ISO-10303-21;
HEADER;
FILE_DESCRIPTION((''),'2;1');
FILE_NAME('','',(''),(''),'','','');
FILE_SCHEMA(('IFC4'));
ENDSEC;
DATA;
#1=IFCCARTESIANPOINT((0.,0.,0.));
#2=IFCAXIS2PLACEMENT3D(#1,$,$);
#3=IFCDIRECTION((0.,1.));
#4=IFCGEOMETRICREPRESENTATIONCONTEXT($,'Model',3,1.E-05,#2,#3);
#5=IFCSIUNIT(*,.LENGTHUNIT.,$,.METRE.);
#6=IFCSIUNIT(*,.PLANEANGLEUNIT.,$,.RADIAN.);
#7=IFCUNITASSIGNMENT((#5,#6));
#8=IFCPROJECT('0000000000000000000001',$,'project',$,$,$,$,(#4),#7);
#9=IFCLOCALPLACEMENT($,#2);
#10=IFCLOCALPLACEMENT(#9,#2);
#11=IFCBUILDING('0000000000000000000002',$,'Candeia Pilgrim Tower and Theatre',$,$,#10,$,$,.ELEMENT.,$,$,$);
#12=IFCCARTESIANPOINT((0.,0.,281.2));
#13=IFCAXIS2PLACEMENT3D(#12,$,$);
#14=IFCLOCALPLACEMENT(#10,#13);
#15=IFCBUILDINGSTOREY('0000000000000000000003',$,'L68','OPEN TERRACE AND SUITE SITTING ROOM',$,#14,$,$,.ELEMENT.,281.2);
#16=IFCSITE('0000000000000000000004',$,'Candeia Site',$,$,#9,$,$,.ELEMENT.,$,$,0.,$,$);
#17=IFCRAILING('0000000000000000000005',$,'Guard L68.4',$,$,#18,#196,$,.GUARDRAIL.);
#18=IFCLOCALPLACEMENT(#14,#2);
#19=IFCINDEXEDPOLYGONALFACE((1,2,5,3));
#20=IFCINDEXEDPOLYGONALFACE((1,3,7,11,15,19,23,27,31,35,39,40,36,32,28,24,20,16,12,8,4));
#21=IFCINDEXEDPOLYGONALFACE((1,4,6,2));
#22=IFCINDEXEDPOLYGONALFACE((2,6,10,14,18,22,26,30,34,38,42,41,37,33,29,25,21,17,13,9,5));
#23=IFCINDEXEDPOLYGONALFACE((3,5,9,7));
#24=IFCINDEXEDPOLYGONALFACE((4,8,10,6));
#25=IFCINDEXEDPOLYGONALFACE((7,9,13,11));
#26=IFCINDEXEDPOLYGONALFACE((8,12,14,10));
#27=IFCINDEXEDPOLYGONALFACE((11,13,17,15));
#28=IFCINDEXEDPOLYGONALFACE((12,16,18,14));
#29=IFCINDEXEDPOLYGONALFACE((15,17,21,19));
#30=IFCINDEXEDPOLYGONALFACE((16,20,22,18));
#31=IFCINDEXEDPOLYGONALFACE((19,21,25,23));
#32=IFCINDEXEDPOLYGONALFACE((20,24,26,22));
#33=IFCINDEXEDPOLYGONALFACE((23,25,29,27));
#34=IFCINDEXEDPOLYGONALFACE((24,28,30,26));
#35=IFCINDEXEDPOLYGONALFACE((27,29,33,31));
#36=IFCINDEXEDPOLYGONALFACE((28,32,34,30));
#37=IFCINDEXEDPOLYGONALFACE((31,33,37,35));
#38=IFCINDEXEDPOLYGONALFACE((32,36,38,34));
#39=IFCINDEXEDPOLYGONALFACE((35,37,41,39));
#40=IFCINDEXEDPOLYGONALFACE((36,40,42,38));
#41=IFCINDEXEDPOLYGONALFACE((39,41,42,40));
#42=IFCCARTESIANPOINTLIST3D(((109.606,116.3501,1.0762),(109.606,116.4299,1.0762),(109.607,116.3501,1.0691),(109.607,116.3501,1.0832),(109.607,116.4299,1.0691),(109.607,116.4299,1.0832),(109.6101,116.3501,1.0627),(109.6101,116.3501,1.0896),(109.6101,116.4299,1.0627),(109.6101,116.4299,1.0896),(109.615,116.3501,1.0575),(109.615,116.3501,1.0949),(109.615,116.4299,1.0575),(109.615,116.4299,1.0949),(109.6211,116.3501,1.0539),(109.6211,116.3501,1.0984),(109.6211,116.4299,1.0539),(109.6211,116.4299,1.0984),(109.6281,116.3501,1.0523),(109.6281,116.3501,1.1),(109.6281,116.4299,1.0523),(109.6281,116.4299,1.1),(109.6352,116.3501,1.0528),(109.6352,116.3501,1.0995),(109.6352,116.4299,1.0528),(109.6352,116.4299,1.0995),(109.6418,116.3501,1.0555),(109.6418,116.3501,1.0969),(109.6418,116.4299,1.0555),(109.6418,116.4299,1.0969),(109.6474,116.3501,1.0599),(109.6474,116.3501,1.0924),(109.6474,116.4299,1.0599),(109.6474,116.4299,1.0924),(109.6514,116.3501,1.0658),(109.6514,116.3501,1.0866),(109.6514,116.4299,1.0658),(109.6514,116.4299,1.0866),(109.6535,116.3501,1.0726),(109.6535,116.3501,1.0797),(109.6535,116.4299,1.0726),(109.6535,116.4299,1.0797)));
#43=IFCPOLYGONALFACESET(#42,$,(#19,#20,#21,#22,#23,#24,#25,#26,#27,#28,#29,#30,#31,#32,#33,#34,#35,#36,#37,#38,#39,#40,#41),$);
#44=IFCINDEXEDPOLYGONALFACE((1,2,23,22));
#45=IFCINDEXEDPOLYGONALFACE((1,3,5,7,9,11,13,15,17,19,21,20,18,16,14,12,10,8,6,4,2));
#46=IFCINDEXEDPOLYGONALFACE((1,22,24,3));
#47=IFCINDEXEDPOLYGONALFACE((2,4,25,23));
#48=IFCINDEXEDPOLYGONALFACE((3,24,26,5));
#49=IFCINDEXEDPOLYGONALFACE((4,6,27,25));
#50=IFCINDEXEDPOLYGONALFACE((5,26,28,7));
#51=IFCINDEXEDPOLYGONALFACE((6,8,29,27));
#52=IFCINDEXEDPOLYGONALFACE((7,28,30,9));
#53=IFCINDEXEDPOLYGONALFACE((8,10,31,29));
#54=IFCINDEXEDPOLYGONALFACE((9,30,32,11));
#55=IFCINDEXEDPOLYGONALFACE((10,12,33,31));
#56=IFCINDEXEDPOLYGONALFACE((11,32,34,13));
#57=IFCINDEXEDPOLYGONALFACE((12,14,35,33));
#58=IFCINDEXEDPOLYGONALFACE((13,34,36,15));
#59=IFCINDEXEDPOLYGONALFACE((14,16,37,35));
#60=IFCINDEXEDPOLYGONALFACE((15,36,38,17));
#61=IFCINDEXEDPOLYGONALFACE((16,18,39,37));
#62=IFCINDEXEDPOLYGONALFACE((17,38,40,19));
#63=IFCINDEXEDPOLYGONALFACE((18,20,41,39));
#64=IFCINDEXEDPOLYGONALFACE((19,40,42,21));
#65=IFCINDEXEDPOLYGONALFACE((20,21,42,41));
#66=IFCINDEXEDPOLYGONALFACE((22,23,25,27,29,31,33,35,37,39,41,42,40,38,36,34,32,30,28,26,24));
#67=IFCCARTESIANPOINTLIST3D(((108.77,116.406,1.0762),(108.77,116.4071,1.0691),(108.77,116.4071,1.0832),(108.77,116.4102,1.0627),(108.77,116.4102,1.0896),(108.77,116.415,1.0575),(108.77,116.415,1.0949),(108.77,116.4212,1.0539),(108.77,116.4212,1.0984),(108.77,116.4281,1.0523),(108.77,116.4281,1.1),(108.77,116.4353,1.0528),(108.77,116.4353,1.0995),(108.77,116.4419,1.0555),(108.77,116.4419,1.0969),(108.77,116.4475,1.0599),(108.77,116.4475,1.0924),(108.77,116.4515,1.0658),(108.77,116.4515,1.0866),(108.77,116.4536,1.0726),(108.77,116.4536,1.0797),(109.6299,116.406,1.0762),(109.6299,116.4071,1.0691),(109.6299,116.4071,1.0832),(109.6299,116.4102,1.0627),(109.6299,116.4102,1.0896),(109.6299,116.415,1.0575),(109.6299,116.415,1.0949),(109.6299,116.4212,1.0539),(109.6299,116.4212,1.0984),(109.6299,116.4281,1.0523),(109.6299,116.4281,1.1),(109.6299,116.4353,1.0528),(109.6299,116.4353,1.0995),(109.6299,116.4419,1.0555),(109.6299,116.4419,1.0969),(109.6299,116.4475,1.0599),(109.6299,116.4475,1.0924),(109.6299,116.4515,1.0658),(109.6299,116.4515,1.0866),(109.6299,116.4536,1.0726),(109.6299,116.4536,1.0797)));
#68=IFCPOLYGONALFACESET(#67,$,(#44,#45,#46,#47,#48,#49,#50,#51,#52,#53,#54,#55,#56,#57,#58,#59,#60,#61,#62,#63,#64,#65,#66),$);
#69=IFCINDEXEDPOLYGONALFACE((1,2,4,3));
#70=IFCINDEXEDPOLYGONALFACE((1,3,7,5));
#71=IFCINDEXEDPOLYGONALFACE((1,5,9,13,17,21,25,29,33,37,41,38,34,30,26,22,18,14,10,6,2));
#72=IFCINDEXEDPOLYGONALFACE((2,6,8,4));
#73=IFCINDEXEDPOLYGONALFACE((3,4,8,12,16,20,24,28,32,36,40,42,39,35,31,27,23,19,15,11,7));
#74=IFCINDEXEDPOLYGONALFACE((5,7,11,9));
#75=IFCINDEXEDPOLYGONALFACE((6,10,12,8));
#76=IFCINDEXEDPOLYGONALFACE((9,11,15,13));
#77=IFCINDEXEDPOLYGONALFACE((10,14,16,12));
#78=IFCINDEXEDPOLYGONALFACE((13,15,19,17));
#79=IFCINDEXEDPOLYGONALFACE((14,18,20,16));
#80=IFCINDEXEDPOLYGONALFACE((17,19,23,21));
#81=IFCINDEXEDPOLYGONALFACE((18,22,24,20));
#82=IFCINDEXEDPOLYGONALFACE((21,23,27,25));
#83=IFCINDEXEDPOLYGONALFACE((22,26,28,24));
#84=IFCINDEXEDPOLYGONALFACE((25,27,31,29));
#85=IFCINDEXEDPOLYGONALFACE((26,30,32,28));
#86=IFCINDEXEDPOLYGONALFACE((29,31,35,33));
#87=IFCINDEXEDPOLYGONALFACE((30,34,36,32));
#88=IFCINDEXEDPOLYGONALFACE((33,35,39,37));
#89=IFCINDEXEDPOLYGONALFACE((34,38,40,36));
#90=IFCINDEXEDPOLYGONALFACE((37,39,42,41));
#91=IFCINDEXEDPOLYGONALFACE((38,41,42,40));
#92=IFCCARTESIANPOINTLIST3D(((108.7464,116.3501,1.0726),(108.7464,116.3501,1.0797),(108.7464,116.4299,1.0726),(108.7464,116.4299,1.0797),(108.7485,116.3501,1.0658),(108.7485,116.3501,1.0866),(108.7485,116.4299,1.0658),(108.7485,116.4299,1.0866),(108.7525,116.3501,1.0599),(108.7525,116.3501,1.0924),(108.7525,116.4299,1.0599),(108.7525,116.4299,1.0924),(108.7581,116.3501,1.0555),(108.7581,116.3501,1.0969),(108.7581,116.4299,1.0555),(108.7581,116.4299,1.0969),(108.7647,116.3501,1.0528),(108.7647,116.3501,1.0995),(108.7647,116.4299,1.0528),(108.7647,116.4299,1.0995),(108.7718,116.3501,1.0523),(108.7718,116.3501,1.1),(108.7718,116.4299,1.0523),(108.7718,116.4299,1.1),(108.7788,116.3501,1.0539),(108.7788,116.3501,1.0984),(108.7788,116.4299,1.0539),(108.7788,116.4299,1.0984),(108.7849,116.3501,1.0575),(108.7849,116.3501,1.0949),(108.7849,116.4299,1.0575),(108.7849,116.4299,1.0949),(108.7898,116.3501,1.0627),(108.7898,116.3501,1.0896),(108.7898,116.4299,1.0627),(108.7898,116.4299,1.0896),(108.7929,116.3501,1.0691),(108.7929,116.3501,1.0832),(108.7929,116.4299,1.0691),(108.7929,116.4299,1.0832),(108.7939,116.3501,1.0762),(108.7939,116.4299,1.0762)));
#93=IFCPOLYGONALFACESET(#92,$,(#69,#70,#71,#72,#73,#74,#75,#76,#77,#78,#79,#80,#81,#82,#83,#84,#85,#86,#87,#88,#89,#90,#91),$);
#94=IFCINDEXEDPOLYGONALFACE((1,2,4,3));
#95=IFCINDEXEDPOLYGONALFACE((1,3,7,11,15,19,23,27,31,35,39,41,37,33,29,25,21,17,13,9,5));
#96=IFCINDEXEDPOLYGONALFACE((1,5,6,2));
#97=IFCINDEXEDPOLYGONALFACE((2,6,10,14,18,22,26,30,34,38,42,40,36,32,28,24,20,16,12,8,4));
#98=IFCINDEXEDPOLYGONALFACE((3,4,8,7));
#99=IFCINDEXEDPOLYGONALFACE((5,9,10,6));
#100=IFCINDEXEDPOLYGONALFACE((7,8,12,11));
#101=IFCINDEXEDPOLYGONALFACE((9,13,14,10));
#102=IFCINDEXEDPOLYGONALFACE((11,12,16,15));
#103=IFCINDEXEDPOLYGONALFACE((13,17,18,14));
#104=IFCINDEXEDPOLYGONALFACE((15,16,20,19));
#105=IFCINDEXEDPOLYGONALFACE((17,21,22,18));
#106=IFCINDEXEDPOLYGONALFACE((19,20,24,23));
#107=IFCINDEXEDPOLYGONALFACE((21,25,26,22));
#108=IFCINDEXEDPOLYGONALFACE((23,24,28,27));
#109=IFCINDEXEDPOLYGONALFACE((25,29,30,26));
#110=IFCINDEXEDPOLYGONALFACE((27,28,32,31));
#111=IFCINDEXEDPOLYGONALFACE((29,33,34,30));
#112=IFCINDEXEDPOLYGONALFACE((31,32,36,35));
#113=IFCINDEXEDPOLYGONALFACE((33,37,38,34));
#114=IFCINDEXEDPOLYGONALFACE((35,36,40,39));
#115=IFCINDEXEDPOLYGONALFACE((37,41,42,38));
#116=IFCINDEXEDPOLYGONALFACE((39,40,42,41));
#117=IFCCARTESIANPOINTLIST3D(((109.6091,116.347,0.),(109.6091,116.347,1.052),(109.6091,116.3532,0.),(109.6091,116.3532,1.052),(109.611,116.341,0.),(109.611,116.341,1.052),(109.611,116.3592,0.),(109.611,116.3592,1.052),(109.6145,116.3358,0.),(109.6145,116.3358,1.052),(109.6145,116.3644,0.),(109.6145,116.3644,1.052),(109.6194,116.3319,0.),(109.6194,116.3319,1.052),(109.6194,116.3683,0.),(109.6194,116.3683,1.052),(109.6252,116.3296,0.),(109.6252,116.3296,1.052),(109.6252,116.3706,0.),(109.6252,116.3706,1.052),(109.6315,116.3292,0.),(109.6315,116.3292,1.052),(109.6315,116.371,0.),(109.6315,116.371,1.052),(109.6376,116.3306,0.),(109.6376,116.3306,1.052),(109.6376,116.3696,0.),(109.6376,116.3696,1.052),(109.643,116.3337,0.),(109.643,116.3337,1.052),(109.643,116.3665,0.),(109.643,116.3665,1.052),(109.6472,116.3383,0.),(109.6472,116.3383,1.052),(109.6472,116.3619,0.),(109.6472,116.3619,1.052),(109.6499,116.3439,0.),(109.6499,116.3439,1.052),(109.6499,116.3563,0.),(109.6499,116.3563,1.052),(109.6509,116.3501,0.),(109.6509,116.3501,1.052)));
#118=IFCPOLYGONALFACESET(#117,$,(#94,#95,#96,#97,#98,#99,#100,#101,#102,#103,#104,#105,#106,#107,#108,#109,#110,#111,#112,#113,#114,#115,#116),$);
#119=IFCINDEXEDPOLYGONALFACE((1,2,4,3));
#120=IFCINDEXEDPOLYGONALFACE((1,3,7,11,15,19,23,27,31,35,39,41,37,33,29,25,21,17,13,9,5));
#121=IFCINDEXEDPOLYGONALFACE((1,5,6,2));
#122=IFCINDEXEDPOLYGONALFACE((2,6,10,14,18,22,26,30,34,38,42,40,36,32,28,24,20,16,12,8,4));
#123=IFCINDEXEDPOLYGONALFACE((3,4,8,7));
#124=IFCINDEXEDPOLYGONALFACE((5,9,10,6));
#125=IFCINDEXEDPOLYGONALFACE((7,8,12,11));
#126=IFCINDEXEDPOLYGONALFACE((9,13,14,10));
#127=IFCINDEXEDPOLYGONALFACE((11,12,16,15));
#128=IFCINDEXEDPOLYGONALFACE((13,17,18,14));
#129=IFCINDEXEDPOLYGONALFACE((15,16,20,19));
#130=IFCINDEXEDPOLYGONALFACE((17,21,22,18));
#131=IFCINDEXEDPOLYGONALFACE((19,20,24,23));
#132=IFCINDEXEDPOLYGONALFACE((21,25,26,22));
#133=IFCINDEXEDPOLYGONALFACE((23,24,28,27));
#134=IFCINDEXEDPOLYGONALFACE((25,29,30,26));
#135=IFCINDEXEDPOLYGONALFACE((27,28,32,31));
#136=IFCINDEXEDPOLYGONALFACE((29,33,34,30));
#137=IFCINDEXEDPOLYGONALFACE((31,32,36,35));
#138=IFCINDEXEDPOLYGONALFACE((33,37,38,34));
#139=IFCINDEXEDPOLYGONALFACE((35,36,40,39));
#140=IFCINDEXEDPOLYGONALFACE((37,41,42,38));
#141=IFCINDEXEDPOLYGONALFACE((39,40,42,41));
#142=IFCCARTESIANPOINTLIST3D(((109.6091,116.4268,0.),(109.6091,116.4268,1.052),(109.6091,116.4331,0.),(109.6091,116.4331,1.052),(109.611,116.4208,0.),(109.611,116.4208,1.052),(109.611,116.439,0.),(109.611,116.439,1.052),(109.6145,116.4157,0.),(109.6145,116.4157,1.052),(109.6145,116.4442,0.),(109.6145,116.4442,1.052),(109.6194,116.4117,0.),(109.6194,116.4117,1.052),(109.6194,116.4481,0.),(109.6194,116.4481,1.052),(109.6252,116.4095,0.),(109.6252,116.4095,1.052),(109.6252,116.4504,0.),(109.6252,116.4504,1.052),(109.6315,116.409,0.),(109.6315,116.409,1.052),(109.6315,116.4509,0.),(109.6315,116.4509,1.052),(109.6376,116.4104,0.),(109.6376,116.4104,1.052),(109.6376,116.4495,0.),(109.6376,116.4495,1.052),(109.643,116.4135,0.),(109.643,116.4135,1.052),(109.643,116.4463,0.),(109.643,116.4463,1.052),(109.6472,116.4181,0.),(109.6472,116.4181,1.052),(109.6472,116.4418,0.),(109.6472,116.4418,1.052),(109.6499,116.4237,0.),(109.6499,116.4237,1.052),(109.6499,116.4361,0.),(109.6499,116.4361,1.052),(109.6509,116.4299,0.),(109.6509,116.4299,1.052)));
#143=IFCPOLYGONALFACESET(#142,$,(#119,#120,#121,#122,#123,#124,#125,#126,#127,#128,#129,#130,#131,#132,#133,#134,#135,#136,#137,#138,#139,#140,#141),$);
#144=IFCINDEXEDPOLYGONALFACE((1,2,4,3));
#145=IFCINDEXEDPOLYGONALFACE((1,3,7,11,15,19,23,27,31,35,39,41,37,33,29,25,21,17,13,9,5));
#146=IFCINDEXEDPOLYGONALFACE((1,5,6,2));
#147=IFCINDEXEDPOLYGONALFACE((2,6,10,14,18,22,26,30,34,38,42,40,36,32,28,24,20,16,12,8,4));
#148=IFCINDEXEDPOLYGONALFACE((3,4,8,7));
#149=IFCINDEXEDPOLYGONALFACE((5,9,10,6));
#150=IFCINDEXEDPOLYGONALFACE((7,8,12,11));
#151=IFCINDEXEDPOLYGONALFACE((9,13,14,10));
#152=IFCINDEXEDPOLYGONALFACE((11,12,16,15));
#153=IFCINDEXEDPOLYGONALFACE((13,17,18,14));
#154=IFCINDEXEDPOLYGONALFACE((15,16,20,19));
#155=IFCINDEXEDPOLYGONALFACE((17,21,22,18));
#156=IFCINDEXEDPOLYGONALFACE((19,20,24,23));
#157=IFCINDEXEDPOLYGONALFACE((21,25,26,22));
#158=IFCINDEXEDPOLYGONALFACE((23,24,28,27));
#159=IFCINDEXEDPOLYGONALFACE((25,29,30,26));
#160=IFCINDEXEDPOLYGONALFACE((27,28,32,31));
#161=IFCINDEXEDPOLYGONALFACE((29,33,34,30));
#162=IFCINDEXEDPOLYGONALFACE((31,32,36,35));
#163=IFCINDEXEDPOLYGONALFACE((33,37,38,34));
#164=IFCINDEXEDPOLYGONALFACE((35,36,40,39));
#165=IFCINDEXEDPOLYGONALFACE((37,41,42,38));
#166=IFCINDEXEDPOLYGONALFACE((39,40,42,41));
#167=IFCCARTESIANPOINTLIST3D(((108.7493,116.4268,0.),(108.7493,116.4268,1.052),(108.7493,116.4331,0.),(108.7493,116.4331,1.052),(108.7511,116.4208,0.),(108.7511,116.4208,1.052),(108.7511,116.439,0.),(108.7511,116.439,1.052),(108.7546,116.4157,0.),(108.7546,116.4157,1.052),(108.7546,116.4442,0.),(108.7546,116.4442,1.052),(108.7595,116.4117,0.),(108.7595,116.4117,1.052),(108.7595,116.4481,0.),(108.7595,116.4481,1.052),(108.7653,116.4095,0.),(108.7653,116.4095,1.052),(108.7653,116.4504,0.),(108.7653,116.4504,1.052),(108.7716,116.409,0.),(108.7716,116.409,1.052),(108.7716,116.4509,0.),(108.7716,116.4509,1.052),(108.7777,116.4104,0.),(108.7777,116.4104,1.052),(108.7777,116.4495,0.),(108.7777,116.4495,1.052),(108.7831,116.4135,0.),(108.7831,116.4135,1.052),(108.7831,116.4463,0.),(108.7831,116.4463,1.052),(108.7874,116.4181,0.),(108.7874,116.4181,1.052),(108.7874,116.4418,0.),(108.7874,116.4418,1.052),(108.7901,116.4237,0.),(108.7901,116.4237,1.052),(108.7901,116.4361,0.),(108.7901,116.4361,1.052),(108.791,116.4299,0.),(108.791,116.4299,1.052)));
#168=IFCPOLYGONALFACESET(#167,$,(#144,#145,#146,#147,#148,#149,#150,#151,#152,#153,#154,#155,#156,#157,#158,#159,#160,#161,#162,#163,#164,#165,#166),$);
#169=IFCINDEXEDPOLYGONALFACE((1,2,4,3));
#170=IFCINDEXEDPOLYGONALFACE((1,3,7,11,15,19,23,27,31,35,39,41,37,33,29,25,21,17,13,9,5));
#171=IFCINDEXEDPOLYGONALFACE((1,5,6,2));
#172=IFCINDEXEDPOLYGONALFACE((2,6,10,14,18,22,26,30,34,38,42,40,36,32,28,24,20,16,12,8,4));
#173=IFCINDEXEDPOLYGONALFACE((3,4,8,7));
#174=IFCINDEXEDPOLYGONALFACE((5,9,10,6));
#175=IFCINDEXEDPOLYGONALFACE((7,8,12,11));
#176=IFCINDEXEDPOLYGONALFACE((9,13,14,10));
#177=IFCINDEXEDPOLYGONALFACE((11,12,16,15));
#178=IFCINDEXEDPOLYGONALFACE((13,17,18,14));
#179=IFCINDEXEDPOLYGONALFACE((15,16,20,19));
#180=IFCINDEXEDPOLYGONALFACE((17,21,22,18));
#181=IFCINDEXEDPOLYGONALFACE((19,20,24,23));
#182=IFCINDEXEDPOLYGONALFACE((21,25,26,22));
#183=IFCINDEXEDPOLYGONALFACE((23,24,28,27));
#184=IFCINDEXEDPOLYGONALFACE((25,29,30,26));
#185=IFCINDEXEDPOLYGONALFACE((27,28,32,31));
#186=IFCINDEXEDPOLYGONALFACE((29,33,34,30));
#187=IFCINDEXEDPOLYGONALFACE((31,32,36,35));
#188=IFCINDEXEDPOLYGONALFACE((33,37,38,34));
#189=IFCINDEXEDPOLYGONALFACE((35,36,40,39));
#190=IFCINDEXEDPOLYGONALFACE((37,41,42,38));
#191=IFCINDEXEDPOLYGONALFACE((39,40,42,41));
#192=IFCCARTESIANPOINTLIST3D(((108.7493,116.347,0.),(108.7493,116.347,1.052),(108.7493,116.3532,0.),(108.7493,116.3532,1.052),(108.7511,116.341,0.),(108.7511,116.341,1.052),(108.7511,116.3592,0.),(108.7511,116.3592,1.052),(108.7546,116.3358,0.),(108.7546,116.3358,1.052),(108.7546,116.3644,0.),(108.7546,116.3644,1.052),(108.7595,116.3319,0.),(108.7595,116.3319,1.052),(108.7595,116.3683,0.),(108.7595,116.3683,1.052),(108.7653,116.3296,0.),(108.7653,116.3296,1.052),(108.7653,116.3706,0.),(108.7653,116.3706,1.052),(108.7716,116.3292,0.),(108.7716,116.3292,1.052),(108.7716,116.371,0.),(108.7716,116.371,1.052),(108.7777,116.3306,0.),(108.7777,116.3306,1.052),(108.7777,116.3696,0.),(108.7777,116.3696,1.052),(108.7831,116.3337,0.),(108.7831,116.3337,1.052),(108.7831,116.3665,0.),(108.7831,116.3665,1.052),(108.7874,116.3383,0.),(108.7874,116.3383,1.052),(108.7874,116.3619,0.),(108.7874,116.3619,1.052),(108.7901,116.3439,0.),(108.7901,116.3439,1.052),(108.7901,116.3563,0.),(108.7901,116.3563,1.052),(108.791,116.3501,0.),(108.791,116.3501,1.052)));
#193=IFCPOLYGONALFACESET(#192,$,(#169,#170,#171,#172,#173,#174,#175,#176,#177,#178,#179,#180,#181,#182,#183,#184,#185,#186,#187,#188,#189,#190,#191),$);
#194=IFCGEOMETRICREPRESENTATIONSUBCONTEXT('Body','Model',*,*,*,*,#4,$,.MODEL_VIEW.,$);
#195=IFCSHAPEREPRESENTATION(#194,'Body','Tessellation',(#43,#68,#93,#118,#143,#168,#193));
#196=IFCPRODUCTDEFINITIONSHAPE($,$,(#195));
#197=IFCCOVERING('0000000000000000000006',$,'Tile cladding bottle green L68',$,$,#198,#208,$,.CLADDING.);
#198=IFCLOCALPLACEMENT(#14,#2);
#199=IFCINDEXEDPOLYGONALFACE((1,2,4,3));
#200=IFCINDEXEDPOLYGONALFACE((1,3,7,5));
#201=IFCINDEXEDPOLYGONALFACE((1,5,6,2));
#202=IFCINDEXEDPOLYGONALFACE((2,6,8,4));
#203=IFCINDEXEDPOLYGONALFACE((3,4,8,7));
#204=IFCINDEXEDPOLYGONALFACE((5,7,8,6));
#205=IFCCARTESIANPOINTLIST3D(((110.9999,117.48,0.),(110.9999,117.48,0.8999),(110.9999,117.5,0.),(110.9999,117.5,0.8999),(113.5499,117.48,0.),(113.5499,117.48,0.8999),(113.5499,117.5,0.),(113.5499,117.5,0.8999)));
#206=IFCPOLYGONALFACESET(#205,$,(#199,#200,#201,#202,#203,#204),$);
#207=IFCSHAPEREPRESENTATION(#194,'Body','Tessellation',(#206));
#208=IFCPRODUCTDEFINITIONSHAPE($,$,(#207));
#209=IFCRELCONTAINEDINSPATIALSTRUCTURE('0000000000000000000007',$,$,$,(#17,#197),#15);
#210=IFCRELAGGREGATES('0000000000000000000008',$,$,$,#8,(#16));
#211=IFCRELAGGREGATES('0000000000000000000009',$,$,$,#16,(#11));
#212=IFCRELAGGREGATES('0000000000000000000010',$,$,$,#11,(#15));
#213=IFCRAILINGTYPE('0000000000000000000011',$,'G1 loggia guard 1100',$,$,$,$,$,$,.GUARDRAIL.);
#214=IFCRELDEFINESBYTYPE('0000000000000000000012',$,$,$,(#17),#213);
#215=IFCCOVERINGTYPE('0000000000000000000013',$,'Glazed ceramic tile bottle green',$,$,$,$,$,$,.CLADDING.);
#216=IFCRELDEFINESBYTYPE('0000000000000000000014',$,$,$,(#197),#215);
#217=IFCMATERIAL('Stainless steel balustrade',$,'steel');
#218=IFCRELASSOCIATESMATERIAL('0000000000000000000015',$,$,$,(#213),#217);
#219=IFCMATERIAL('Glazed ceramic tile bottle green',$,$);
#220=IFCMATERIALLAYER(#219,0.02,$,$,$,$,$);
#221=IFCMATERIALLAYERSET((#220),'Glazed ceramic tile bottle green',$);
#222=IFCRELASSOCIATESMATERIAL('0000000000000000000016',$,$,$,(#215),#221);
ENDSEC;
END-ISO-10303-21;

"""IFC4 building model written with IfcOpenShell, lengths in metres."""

from ifc_helpers import new_model, si_unit, direction, frame, origin, origin_2d, place, context, subcontext, project, spatial, rectangle, circle, extrude, material, layer, layer_set, type_object, element, save


model = new_model("IFC4")

# Units and contexts
model_context = context("Model", 3, precision=1e-05, world=origin(), true_north=direction((0.0, 1.0)))
body_context = subcontext(model_context, "Body", "Model", "MODEL_VIEW")
ifc_project = project(units=[si_unit("LENGTHUNIT", "METRE"), si_unit("PLANEANGLEUNIT", "RADIAN")], contexts=[model_context])

# Site, building, storey
site_placement = place(None, origin())
site = spatial("IfcSite", under=ifc_project, at=site_placement, Name="Candeia Site", CompositionType="ELEMENT", RefElevation=0.0)
building_placement = place(site_placement, origin())
building = spatial("IfcBuilding", under=site, at=building_placement, Name="Candeia Pilgrim Tower and Theatre", CompositionType="ELEMENT")
storey_placement = place(building_placement, frame((0.0, 0.0, 281.2)))
storey = spatial("IfcBuildingStorey", under=building, at=storey_placement, Name="L68", Description="OPEN TERRACE AND SUITE SITTING ROOM", CompositionType="ELEMENT", Elevation=281.2)

# Railing
ifc_material_1 = material(Name="Stainless steel balustrade", Category="steel")
railing_type = type_object("IfcRailingType", Name="G1 loggia guard 1100", PredefinedType="GUARDRAIL", material=ifc_material_1)
railing_1_placement = place(storey_placement, frame((109.6299, 116.3501, 0.0)))
element("IfcRailing", 1, at=railing_1_placement, inside=storey, type_object=railing_type, Name="Guard L68.4", PredefinedType="GUARDRAIL", context=body_context, shape_type="SweptSolid", body=[
    extrude(circle(Radius=0.0239, at=origin_2d()), frame((0.0, 0.0, 1.0762), z_axis=(0.0, 1.0, 0.0), x_axis=(-1.0, 0.0, 0.0)), (0.0, 0.0, 1.0), 0.0798),
    extrude(circle(Radius=0.0239, at=origin_2d()), frame((0.0, 0.0798, 1.0762), z_axis=(-1.0, 0.0, 0.0), x_axis=(0.0, -1.0, 0.0)), (0.0, 0.0, 1.0), 0.8599),
    extrude(circle(Radius=0.0239, at=origin_2d()), frame((-0.8599, 0.0798, 1.0762), z_axis=(0.0, -1.0, 0.0), x_axis=(1.0, 0.0, 0.0)), (0.0, 0.0, 1.0), 0.0798),
    extrude(circle(Radius=0.021, at=origin_2d()), origin(), (0.0, 0.0, 1.0), 1.052),
    extrude(circle(Radius=0.021, at=origin_2d()), frame((0.0, 0.0798, 0.0)), (0.0, 0.0, 1.0), 1.052),
    extrude(circle(Radius=0.021, at=origin_2d()), frame((-0.8599, 0.0798, 0.0)), (0.0, 0.0, 1.0), 1.052),
    extrude(circle(Radius=0.021, at=origin_2d()), frame((-0.8599, 0.0, 0.0)), (0.0, 0.0, 1.0), 1.052),
])

# Covering
ifc_material_2 = material(Name="Glazed ceramic tile bottle green")
ifc_layer_1 = layer(ifc_material_2, 0.02)
ifc_layer_set_1 = layer_set([ifc_layer_1], Name="Glazed ceramic tile bottle green")
covering_type = type_object("IfcCoveringType", Name="Glazed ceramic tile bottle green", PredefinedType="CLADDING", material=ifc_layer_set_1)
covering_1_placement = place(storey_placement, frame((112.2749, 117.49, 0.0), z_axis=(0.0, 0.0, 1.0), x_axis=(1.0, 0.0, 0.0)))
element("IfcCovering", 2, at=covering_1_placement, inside=storey, type_object=covering_type, Name="Tile cladding bottle green L68", PredefinedType="CLADDING", context=body_context, shape_type="SweptSolid", body=[
    extrude(rectangle(XDim=2.55, YDim=0.02, at=origin_2d()), origin(), (0.0, 0.0, 1.0), 0.8999),
])

save(model, "model.ifc")
